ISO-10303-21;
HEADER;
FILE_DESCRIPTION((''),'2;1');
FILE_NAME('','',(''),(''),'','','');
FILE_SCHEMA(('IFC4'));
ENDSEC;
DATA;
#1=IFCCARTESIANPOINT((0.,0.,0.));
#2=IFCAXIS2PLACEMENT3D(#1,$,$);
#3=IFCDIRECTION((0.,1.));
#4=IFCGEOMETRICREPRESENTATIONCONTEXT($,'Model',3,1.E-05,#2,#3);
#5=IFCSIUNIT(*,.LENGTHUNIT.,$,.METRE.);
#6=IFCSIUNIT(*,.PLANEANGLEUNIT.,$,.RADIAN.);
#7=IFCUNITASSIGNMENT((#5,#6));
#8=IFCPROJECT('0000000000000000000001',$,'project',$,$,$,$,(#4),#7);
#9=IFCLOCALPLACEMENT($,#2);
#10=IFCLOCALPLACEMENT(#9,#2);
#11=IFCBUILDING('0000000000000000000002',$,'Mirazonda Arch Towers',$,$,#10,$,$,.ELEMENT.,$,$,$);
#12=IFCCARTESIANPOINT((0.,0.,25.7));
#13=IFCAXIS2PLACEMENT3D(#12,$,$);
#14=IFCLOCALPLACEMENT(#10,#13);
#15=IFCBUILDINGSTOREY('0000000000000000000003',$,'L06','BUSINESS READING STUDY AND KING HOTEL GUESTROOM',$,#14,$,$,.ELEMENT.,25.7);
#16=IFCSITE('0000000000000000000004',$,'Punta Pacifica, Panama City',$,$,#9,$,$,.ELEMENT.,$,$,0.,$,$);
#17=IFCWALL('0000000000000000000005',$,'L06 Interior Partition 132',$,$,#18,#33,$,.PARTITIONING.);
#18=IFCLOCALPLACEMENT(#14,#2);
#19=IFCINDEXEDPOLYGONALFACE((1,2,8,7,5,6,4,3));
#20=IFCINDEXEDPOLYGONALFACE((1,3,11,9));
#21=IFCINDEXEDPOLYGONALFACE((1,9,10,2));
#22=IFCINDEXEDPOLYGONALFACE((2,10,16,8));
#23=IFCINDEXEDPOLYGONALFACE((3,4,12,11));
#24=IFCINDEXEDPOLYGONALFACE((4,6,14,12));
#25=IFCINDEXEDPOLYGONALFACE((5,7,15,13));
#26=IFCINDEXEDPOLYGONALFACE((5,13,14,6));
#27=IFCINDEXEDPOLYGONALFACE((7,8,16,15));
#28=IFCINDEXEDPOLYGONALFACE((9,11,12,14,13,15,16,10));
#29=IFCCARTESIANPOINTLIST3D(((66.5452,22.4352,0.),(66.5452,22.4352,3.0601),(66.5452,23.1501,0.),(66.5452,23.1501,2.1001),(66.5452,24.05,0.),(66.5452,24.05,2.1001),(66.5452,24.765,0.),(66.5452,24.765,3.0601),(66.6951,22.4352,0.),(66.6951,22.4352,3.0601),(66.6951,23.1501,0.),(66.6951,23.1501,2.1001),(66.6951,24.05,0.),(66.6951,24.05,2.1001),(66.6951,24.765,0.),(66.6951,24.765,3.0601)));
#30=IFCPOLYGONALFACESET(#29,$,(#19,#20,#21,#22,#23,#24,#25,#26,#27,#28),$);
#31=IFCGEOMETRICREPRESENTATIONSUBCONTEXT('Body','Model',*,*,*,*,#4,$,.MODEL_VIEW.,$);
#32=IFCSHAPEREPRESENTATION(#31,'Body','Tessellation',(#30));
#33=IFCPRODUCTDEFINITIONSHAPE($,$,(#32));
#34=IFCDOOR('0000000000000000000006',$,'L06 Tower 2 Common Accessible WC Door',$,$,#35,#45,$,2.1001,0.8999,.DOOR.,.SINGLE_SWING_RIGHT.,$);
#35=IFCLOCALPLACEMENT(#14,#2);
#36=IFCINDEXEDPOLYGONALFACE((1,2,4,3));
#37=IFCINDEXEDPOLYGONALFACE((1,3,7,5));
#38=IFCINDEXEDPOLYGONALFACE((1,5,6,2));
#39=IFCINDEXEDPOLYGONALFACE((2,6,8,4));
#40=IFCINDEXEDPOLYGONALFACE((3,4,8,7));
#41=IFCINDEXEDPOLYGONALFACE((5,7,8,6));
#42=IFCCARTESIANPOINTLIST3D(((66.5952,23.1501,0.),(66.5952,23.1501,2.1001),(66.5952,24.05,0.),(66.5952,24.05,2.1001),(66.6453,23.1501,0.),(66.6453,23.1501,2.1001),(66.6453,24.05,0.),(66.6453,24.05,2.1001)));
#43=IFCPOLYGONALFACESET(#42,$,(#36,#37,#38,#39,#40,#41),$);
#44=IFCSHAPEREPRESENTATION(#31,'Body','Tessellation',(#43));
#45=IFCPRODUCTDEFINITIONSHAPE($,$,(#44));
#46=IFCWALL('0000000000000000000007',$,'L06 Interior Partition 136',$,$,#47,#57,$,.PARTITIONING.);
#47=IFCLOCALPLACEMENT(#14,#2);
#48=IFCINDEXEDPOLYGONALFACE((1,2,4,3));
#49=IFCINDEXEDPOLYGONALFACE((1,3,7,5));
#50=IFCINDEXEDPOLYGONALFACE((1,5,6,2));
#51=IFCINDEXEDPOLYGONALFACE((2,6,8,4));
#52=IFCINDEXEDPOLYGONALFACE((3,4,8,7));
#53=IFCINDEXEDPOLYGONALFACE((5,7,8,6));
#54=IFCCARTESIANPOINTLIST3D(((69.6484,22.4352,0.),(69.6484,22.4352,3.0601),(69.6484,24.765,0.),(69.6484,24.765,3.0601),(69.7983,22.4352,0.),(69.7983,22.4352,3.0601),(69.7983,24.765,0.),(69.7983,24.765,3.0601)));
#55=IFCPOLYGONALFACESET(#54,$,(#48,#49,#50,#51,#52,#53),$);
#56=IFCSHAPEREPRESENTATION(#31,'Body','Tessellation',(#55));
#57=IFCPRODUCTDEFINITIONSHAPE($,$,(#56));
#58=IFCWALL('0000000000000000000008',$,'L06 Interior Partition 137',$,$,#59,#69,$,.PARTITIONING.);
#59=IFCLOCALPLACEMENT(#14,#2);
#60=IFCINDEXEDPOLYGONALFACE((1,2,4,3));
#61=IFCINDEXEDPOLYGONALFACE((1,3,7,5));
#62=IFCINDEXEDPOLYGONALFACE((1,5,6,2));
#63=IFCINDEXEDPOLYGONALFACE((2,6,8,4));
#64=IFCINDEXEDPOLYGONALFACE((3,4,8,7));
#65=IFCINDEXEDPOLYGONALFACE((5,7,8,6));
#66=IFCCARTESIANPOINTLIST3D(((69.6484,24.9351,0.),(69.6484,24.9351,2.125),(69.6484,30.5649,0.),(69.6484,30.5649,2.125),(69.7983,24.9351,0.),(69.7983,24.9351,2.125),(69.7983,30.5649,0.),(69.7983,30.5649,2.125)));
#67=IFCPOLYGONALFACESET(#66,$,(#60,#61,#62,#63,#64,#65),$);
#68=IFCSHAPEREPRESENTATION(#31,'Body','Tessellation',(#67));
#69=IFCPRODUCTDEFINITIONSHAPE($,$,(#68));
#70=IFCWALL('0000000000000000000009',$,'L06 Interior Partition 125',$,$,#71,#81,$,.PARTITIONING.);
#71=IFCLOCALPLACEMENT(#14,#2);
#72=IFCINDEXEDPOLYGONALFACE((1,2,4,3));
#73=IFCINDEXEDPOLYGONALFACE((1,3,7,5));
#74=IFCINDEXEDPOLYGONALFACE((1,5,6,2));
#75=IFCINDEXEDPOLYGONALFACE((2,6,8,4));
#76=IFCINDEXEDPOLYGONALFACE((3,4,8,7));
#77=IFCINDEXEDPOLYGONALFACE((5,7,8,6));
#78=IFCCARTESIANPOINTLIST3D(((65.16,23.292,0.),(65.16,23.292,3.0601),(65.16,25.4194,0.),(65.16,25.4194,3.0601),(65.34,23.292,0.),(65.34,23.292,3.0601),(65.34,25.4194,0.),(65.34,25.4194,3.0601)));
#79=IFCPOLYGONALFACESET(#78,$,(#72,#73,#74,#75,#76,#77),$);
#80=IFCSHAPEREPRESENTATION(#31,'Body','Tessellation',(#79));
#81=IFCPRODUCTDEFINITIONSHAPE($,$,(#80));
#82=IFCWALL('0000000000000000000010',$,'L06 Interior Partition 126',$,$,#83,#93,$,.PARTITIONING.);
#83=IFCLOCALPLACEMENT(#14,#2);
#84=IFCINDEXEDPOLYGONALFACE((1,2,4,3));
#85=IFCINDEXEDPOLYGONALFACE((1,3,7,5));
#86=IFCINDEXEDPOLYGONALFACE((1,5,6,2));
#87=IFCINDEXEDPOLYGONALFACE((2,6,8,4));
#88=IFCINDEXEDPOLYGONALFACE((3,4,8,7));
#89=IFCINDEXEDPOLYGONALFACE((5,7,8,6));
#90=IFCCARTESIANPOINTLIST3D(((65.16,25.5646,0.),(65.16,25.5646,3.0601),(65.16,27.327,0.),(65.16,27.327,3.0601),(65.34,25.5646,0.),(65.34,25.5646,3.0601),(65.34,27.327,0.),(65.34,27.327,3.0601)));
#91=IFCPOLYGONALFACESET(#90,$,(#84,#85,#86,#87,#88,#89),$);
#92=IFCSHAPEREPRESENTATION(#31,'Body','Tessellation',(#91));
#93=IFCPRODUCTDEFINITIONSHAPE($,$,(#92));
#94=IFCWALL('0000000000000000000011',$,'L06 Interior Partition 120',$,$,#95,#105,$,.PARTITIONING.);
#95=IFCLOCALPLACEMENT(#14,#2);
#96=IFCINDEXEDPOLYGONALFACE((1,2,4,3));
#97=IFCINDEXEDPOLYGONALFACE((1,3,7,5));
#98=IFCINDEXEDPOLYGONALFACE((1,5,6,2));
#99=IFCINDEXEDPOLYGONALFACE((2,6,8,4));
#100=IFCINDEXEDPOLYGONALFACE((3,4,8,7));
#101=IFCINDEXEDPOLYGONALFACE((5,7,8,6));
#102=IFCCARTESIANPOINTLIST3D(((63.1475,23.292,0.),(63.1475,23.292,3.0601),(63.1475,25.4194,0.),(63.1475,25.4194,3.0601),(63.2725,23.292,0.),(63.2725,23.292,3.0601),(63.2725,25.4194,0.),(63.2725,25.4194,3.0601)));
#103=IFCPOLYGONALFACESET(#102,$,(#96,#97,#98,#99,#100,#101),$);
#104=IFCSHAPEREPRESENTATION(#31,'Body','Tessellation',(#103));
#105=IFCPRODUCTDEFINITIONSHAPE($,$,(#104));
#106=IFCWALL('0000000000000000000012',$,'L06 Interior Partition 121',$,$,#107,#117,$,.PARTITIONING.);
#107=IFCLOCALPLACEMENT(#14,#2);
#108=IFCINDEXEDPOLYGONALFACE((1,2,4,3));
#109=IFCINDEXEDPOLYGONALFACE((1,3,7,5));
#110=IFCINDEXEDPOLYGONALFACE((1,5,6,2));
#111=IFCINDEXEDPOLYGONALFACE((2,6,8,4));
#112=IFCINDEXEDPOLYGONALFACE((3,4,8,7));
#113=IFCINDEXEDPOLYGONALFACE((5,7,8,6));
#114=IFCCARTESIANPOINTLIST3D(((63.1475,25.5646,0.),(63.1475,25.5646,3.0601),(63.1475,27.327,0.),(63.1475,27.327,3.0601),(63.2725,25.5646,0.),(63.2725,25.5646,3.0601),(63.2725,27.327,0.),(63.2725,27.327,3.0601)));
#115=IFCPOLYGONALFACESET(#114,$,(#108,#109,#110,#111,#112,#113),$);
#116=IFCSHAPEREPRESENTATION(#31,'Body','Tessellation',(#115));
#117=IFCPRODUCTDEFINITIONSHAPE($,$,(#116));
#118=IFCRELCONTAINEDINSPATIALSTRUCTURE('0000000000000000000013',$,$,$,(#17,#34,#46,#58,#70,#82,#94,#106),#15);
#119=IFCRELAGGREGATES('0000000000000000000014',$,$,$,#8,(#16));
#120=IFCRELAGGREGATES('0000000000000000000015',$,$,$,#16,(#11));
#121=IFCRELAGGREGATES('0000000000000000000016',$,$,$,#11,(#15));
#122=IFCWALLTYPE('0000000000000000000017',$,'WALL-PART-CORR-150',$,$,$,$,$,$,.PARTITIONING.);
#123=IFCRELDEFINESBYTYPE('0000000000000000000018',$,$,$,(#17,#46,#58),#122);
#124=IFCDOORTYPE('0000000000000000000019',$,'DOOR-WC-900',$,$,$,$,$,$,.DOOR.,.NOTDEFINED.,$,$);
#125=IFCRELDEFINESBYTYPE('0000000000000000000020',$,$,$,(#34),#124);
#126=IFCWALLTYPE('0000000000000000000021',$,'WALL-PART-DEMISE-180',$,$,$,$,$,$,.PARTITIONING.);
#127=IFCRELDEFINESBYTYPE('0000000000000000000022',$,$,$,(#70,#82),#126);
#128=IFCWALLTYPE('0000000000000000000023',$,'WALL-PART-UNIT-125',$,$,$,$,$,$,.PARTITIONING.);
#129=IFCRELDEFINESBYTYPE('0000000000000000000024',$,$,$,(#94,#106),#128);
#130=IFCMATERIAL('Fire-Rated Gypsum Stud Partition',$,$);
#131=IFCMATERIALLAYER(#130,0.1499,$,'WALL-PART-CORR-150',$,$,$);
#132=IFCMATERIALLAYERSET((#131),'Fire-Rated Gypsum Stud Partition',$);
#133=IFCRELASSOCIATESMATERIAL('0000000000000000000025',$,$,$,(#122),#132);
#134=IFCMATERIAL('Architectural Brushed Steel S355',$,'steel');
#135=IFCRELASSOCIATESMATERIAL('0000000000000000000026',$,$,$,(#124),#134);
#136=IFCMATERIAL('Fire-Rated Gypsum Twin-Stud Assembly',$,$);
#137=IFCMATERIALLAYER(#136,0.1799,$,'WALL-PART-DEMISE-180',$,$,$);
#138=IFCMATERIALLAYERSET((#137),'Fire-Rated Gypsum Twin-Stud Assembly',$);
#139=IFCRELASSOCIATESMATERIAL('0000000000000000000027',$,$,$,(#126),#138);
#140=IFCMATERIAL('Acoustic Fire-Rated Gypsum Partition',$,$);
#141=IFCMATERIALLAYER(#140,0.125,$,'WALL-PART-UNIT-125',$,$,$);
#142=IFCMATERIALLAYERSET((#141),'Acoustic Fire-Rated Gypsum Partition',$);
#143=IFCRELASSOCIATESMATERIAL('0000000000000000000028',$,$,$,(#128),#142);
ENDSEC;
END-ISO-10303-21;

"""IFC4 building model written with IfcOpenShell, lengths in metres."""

from ifc_helpers import new_model, si_unit, direction, frame, frame_2d, origin, place, context, subcontext, project, spatial, rectangle, extrude, material, layer, layer_set, type_object, element, fill, save


model = new_model("IFC4")

# Units and contexts
model_context = context("Model", 3, precision=1e-05, world=origin(), true_north=direction((0.0, 1.0)))
body_context = subcontext(model_context, "Body", "Model", "MODEL_VIEW")
ifc_project = project(units=[si_unit("LENGTHUNIT", "METRE"), si_unit("PLANEANGLEUNIT", "RADIAN")], contexts=[model_context])

# Site, building, storey
site_placement = place(None, origin())
site = spatial("IfcSite", under=ifc_project, at=site_placement, Name="Punta Pacifica, Panama City", CompositionType="ELEMENT", RefElevation=0.0)
building_placement = place(site_placement, origin())
building = spatial("IfcBuilding", under=site, at=building_placement, Name="Mirazonda Arch Towers", CompositionType="ELEMENT")
storey_placement = place(building_placement, frame((0.0, 0.0, 25.7)))
storey = spatial("IfcBuildingStorey", under=building, at=storey_placement, Name="L06", Description="BUSINESS READING STUDY AND KING HOTEL GUESTROOM", CompositionType="ELEMENT", Elevation=25.7)

# Shared definitions
ifc_material_1 = material(Name="Architectural Brushed Steel S355", Category="steel")

# Shared definitions
ifc_material_2 = material(Name="Fire-Rated Gypsum Stud Partition")
ifc_layer_1 = layer(ifc_material_2, 0.1499, Name="WALL-PART-CORR-150")
ifc_layer_set_1 = layer_set([ifc_layer_1], Name="Fire-Rated Gypsum Stud Partition")
wall_type_1 = type_object("IfcWallType", Name="WALL-PART-CORR-150", PredefinedType="PARTITIONING", material=ifc_layer_set_1)

# Wall, opening, door
wall_1_placement = place(storey_placement, frame((66.6201, 22.4351, 0.0), z_axis=(0.0, 0.0, 1.0), x_axis=(0.0, 1.0, 0.0)))
wall_1 = element("IfcWall", 1, at=wall_1_placement, inside=storey, type_object=wall_type_1, Name="L06 Interior Partition 132", PredefinedType="PARTITIONING", context=body_context, shape_type="SweptSolid", body=[
    extrude(rectangle(XDim=2.3298, YDim=0.1499, at=frame_2d((1.165, 0.0))), origin(), (0.0, 0.0, 1.0), 3.0601),
])
opening_1_placement = place(wall_1_placement, frame((0.7151, 0.0, 0.0)))
opening_1 = element("IfcOpeningElement", 2, at=opening_1_placement, cuts=wall_1, PredefinedType="OPENING", context=body_context, shape_type="SweptSolid", body=[
    extrude(rectangle(XDim=0.8999, YDim=2.1001, at=frame_2d((0.45, 1.05))), frame((0.0, 0.085, 0.0), z_axis=(0.0, -1.0, 0.0), x_axis=(1.0, 0.0, 0.0)), (0.0, 0.0, 1.0), 0.1699),
])
door_type_1 = type_object("IfcDoorType", Name="DOOR-WC-900", OperationType="NOTDEFINED", PredefinedType="DOOR", material=ifc_material_1)
door_1_placement = place(opening_1_placement, origin())
door_1 = element("IfcDoor", 3, at=door_1_placement, inside=storey, type_object=door_type_1, Name="L06 Tower 2 Common Accessible WC Door", OperationType="SINGLE_SWING_RIGHT", OverallHeight=2.1001, OverallWidth=0.8999, PredefinedType="DOOR", context=body_context, shape_type="SweptSolid", body=[
    extrude(rectangle(XDim=0.8999, YDim=2.1001, at=frame_2d((0.45, 1.05))), frame((0.0, 0.0249, 0.0), z_axis=(0.0, -1.0, 0.0), x_axis=(1.0, 0.0, 0.0)), (0.0, 0.0, 1.0), 0.05),
])
fill(opening_1, door_1)

# Walls
wall_2_placement = place(storey_placement, frame((69.7234, 22.4351, 0.0), z_axis=(0.0, 0.0, 1.0), x_axis=(0.0, 1.0, 0.0)))
element("IfcWall", 4, at=wall_2_placement, inside=storey, type_object=wall_type_1, Name="L06 Interior Partition 136", PredefinedType="PARTITIONING", context=body_context, shape_type="SweptSolid", body=[
    extrude(rectangle(XDim=2.3298, YDim=0.1499, at=frame_2d((1.165, 0.0))), origin(), (0.0, 0.0, 1.0), 3.0601),
])
wall_3_placement = place(storey_placement, frame((69.7234, 24.9351, 0.0), z_axis=(0.0, 0.0, 1.0), x_axis=(0.0, 1.0, 0.0)))
element("IfcWall", 5, at=wall_3_placement, inside=storey, type_object=wall_type_1, Name="L06 Interior Partition 137", PredefinedType="PARTITIONING", context=body_context, shape_type="SweptSolid", body=[
    extrude(rectangle(XDim=5.6299, YDim=0.1499, at=frame_2d((2.8149, 0.0))), origin(), (0.0, 0.0, 1.0), 2.125),
])
ifc_material_3 = material(Name="Fire-Rated Gypsum Twin-Stud Assembly")
ifc_layer_2 = layer(ifc_material_3, 0.1799, Name="WALL-PART-DEMISE-180")
ifc_layer_set_2 = layer_set([ifc_layer_2], Name="Fire-Rated Gypsum Twin-Stud Assembly")
wall_type_2 = type_object("IfcWallType", Name="WALL-PART-DEMISE-180", PredefinedType="PARTITIONING", material=ifc_layer_set_2)
wall_4_placement = place(storey_placement, frame((65.25, 23.292, 0.0), z_axis=(0.0, 0.0, 1.0), x_axis=(0.0, 1.0, 0.0)))
element("IfcWall", 6, at=wall_4_placement, inside=storey, type_object=wall_type_2, Name="L06 Interior Partition 125", PredefinedType="PARTITIONING", context=body_context, shape_type="SweptSolid", body=[
    extrude(rectangle(XDim=2.1274, YDim=0.1799, at=frame_2d((1.0637, 0.0))), origin(), (0.0, 0.0, 1.0), 3.0601),
])
wall_5_placement = place(storey_placement, frame((65.25, 25.5645, 0.0), z_axis=(0.0, 0.0, 1.0), x_axis=(0.0, 1.0, 0.0)))
element("IfcWall", 7, at=wall_5_placement, inside=storey, type_object=wall_type_2, Name="L06 Interior Partition 126", PredefinedType="PARTITIONING", context=body_context, shape_type="SweptSolid", body=[
    extrude(rectangle(XDim=1.7625, YDim=0.1799, at=frame_2d((0.8813, 0.0))), origin(), (0.0, 0.0, 1.0), 3.0601),
])
ifc_material_4 = material(Name="Acoustic Fire-Rated Gypsum Partition")
ifc_layer_3 = layer(ifc_material_4, 0.125, Name="WALL-PART-UNIT-125")
ifc_layer_set_3 = layer_set([ifc_layer_3], Name="Acoustic Fire-Rated Gypsum Partition")
wall_type_3 = type_object("IfcWallType", Name="WALL-PART-UNIT-125", PredefinedType="PARTITIONING", material=ifc_layer_set_3)
wall_6_placement = place(storey_placement, frame((63.21, 23.292, 0.0), z_axis=(0.0, 0.0, 1.0), x_axis=(0.0, 1.0, 0.0)))
element("IfcWall", 8, at=wall_6_placement, inside=storey, type_object=wall_type_3, Name="L06 Interior Partition 120", PredefinedType="PARTITIONING", context=body_context, shape_type="SweptSolid", body=[
    extrude(rectangle(XDim=2.1274, YDim=0.125, at=frame_2d((1.0637, 0.0))), origin(), (0.0, 0.0, 1.0), 3.0601),
])
wall_7_placement = place(storey_placement, frame((63.21, 25.5645, 0.0), z_axis=(0.0, 0.0, 1.0), x_axis=(0.0, 1.0, 0.0)))
element("IfcWall", 9, at=wall_7_placement, inside=storey, type_object=wall_type_3, Name="L06 Interior Partition 121", PredefinedType="PARTITIONING", context=body_context, shape_type="SweptSolid", body=[
    extrude(rectangle(XDim=1.7625, YDim=0.125, at=frame_2d((0.8813, 0.0))), origin(), (0.0, 0.0, 1.0), 3.0601),
])

save(model, "model.ifc")
